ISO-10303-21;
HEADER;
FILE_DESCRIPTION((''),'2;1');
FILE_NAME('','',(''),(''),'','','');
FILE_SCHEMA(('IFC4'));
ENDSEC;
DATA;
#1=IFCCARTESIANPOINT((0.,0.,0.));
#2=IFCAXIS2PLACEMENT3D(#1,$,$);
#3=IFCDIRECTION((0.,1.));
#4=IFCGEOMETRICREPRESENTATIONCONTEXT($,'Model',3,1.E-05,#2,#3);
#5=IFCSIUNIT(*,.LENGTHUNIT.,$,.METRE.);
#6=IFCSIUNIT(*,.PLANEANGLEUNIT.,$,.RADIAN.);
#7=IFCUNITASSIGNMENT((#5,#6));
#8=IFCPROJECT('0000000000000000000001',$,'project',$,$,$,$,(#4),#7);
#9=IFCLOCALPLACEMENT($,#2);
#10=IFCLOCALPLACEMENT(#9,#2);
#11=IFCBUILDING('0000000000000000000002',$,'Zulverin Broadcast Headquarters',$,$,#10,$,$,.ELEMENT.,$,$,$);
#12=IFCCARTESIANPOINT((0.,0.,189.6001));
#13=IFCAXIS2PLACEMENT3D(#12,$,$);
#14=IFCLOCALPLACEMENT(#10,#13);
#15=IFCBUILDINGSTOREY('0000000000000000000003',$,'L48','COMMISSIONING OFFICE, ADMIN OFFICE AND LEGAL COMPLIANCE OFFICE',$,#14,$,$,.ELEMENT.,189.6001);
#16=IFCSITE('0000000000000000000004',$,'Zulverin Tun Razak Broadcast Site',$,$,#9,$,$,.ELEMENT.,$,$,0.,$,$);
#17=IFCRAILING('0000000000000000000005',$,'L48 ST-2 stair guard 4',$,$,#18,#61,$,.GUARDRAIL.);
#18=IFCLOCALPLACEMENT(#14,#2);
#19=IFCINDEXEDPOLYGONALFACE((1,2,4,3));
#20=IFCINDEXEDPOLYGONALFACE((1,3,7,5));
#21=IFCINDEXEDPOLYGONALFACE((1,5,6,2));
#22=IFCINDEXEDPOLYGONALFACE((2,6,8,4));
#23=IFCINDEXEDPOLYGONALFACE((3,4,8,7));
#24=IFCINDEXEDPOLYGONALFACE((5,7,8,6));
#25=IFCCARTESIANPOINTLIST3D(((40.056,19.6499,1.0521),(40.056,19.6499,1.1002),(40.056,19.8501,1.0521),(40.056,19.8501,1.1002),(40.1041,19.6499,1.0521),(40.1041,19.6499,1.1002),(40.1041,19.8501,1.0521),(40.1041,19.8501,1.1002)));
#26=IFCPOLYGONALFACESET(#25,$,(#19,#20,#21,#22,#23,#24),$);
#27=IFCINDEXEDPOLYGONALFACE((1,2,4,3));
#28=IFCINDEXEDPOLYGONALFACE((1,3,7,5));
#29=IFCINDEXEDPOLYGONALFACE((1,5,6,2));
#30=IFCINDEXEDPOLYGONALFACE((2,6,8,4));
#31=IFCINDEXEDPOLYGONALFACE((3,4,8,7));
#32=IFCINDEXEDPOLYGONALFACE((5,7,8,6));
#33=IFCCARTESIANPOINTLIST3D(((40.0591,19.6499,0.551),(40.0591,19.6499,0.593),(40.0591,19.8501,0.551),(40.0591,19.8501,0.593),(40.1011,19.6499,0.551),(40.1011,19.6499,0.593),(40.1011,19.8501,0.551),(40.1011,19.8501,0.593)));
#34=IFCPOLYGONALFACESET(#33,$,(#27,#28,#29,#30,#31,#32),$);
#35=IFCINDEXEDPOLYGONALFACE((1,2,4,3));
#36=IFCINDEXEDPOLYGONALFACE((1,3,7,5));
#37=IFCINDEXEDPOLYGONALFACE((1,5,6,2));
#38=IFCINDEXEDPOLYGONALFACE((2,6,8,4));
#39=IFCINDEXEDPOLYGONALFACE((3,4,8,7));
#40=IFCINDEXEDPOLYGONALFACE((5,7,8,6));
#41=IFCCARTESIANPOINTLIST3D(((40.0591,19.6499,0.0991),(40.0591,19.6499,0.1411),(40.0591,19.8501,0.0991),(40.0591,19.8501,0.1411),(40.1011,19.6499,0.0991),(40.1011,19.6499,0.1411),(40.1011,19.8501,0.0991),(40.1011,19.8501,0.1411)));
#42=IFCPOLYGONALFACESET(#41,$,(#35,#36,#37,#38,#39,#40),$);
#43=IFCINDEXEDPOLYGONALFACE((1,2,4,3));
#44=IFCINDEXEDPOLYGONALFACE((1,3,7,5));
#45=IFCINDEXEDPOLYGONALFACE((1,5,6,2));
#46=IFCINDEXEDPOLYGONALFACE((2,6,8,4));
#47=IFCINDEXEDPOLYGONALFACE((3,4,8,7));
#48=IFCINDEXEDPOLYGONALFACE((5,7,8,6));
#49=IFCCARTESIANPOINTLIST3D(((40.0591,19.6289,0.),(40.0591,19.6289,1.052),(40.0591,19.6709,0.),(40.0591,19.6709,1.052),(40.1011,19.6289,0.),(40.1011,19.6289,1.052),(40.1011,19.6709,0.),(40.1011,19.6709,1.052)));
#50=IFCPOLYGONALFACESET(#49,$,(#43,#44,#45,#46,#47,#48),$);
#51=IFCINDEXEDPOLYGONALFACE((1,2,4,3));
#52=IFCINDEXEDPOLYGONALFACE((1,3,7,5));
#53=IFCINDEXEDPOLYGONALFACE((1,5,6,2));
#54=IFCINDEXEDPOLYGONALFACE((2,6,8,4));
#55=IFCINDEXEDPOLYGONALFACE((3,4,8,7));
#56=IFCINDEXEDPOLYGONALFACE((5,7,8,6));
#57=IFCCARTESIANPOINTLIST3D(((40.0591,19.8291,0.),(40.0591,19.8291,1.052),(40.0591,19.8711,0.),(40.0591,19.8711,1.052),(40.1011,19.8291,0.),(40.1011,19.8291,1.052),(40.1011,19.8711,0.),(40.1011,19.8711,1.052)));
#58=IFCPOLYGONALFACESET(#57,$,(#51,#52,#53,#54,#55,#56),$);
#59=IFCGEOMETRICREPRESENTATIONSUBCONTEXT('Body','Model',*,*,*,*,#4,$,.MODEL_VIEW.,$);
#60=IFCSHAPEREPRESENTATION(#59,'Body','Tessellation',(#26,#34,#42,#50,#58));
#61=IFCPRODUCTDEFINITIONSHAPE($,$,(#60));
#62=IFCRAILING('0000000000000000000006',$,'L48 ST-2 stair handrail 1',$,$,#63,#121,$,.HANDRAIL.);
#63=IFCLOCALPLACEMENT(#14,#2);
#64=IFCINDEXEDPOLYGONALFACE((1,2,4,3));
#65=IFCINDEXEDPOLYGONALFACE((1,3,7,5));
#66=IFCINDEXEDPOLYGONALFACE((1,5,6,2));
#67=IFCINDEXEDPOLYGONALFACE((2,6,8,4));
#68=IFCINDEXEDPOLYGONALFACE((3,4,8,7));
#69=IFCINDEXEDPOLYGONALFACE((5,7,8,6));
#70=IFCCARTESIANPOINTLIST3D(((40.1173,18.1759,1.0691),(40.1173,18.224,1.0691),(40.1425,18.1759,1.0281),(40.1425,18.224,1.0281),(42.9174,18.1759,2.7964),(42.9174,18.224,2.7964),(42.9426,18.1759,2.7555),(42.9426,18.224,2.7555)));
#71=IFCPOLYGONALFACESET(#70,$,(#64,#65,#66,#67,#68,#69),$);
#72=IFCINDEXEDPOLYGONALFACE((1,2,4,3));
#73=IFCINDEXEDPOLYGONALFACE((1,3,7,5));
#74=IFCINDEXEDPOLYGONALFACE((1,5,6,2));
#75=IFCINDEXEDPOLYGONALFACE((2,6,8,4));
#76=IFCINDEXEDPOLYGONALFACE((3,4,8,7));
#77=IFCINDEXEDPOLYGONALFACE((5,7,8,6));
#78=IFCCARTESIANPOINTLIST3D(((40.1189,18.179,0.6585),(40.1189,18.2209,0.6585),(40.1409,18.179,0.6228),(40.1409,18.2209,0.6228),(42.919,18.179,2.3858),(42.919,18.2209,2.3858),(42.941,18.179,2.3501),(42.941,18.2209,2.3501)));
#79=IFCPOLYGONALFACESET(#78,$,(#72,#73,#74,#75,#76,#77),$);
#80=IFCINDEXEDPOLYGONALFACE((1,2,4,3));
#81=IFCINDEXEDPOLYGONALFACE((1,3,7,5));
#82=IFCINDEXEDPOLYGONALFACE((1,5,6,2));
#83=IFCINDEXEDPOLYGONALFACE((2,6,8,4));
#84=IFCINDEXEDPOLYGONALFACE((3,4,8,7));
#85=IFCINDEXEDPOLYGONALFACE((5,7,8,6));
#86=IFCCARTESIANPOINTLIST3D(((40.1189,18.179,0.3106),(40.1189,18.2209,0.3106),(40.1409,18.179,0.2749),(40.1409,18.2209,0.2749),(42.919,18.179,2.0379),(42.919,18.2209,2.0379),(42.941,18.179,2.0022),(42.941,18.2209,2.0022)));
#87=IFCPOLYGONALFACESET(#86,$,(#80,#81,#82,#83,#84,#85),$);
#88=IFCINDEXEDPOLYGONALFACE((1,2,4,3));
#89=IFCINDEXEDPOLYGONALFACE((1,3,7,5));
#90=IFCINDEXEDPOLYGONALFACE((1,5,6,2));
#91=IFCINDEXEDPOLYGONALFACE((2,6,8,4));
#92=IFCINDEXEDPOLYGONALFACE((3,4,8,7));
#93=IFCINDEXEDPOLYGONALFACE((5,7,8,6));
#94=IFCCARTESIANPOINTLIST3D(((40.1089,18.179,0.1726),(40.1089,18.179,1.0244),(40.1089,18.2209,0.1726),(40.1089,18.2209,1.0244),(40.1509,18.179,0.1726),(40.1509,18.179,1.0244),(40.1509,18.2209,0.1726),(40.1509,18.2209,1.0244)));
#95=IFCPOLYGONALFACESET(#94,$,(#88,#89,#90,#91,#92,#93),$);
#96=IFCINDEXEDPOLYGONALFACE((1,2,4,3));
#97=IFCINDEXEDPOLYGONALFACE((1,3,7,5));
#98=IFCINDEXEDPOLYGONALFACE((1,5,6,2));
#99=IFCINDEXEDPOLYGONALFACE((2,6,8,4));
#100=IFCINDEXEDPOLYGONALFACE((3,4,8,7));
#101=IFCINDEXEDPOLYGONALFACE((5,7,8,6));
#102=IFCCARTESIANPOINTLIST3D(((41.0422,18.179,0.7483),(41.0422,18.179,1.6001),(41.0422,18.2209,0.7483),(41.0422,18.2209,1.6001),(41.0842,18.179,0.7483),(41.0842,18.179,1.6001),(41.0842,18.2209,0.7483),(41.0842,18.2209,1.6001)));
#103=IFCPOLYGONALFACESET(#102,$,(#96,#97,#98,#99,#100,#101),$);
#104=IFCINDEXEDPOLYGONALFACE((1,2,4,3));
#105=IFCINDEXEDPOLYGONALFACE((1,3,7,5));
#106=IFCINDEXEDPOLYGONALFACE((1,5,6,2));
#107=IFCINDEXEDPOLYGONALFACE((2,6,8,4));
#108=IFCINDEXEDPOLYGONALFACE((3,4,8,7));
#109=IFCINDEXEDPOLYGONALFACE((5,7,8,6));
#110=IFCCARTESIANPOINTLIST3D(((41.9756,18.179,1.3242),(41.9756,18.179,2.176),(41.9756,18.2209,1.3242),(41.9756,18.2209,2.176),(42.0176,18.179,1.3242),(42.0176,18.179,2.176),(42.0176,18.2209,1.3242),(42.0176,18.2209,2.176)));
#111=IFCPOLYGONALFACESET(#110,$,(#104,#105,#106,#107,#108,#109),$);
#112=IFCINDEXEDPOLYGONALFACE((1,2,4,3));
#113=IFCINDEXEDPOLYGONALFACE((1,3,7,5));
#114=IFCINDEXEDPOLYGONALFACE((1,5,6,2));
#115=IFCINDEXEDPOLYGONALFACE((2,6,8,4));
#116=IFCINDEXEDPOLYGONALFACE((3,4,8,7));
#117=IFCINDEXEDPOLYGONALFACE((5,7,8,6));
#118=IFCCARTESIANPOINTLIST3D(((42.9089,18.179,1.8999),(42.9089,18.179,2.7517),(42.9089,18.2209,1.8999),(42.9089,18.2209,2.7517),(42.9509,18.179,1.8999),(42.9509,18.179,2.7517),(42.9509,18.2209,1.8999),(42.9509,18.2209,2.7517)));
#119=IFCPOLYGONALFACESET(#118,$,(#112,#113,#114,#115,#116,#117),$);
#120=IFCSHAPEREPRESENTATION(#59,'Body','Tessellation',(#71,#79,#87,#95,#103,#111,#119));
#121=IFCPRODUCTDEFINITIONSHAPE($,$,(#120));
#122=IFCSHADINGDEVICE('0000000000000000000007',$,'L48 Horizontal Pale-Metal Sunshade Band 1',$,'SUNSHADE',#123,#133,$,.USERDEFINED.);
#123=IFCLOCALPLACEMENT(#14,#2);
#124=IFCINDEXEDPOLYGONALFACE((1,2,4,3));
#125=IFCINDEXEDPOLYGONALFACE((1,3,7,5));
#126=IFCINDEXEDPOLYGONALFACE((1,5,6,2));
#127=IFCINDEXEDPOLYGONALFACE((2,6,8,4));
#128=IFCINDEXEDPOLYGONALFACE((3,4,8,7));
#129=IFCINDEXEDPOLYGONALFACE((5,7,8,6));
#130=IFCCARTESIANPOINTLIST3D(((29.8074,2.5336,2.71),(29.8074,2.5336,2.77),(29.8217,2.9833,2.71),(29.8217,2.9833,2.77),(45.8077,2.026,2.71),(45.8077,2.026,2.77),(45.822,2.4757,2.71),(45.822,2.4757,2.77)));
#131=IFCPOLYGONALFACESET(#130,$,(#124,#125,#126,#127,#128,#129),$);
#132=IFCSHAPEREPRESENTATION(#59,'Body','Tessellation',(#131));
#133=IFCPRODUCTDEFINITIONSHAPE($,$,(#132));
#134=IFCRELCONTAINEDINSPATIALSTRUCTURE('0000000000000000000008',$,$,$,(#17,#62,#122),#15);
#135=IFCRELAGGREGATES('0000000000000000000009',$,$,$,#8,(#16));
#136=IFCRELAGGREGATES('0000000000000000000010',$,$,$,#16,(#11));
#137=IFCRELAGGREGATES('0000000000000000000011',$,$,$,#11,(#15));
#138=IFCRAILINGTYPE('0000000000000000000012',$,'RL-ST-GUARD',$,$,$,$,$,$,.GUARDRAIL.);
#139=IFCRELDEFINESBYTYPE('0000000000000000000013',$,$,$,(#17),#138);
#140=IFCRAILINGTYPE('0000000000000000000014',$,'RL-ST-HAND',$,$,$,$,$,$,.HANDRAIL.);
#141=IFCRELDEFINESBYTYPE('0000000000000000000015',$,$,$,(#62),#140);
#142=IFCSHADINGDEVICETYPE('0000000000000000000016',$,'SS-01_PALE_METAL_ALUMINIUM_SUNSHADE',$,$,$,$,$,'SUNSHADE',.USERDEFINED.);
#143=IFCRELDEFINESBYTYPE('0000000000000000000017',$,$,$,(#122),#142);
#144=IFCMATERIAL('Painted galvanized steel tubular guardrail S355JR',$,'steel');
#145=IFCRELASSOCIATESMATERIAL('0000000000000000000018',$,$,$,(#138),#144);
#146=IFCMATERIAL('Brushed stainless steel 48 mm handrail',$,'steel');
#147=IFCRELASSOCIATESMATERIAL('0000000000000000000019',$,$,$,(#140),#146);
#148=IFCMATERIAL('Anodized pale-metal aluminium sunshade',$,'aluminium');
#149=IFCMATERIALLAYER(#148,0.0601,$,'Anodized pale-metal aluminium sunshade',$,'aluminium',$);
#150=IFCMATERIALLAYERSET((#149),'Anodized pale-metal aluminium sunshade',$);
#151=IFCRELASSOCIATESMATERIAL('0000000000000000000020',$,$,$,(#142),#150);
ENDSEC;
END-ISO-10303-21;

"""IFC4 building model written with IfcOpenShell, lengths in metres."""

from ifc_helpers import new_model, si_unit, direction, frame, origin, origin_2d, place, context, subcontext, project, spatial, rectangle, extrude, material, layer, layer_set, type_object, element, save


model = new_model("IFC4")

# Units and contexts
model_context = context("Model", 3, precision=1e-05, world=origin(), true_north=direction((0.0, 1.0)))
body_context = subcontext(model_context, "Body", "Model", "MODEL_VIEW")
ifc_project = project(units=[si_unit("LENGTHUNIT", "METRE"), si_unit("PLANEANGLEUNIT", "RADIAN")], contexts=[model_context])

# Site, building, storey
site_placement = place(None, origin())
site = spatial("IfcSite", under=ifc_project, at=site_placement, Name="Zulverin Tun Razak Broadcast Site", CompositionType="ELEMENT", RefElevation=0.0)
building_placement = place(site_placement, origin())
building = spatial("IfcBuilding", under=site, at=building_placement, Name="Zulverin Broadcast Headquarters", CompositionType="ELEMENT")
storey_placement = place(building_placement, frame((0.0, 0.0, 189.6001)))
storey = spatial("IfcBuildingStorey", under=building, at=storey_placement, Name="L48", Description="COMMISSIONING OFFICE, ADMIN OFFICE AND LEGAL COMPLIANCE OFFICE", CompositionType="ELEMENT", Elevation=189.6001)

# Railings
ifc_material_1 = material(Name="Painted galvanized steel tubular guardrail S355JR", Category="steel")
railing_type_1 = type_object("IfcRailingType", Name="RL-ST-GUARD", PredefinedType="GUARDRAIL", material=ifc_material_1)
for number, where, name in (
    (1, (40.0801, 19.6499, 0.0), "L48 ST-2 stair guard 4"),
):
    element("IfcRailing", number, at=place(storey_placement, frame(where)), inside=storey, type_object=railing_type_1, Name=name, PredefinedType="GUARDRAIL", context=body_context, shape_type="SweptSolid", body=[
        extrude(rectangle(XDim=0.0481, YDim=0.0481, at=origin_2d()), frame((0.0, 0.0, 1.0762), z_axis=(0.0, 1.0, 0.0), x_axis=(-1.0, 0.0, 0.0)), (0.0, 0.0, 1.0), 0.2002),
        extrude(rectangle(XDim=0.042, YDim=0.042, at=origin_2d()), frame((0.0, 0.0, 0.572), z_axis=(0.0, 1.0, 0.0), x_axis=(-1.0, 0.0, 0.0)), (0.0, 0.0, 1.0), 0.2002),
        extrude(rectangle(XDim=0.042, YDim=0.042, at=origin_2d()), frame((0.0, 0.0, 0.1201), z_axis=(0.0, 1.0, 0.0), x_axis=(-1.0, 0.0, 0.0)), (0.0, 0.0, 1.0), 0.2002),
        extrude(rectangle(XDim=0.042, YDim=0.042, at=origin_2d()), origin(), (0.0, 0.0, 1.0), 1.052),
        extrude(rectangle(XDim=0.042, YDim=0.042, at=origin_2d()), frame((0.0, 0.2002, 0.0)), (0.0, 0.0, 1.0), 1.052),
    ])
ifc_material_2 = material(Name="Brushed stainless steel 48 mm handrail", Category="steel")
railing_type_2 = type_object("IfcRailingType", Name="RL-ST-HAND", PredefinedType="HANDRAIL", material=ifc_material_2)
railing_1_placement = place(storey_placement, frame((40.1299, 18.2, 0.1726)))
element("IfcRailing", 2, at=railing_1_placement, inside=storey, type_object=railing_type_2, Name="L48 ST-2 stair handrail 1", PredefinedType="HANDRAIL", context=body_context, shape_type="SweptSolid", body=[
    extrude(rectangle(XDim=0.0481, YDim=0.0481, at=origin_2d()), frame((0.0, 0.0, 0.876), z_axis=(0.85109, 0.0, 0.52502), x_axis=(0.0, 1.0, 0.0)), (0.0, 0.0, 1.0), 3.29),
    extrude(rectangle(XDim=0.042, YDim=0.042, at=origin_2d()), frame((0.0, 0.0, 0.468), z_axis=(0.85109, 0.0, 0.52502), x_axis=(0.0, 1.0, 0.0)), (0.0, 0.0, 1.0), 3.29),
    extrude(rectangle(XDim=0.042, YDim=0.042, at=origin_2d()), frame((0.0, 0.0, 0.1201), z_axis=(0.85109, 0.0, 0.52502), x_axis=(0.0, 1.0, 0.0)), (0.0, 0.0, 1.0), 3.29),
    extrude(rectangle(XDim=0.042, YDim=0.042, at=origin_2d()), origin(), (0.0, 0.0, 1.0), 0.8518),
    extrude(rectangle(XDim=0.042, YDim=0.042, at=origin_2d()), frame((0.9333, 0.0, 0.5757)), (0.0, 0.0, 1.0), 0.8518),
    extrude(rectangle(XDim=0.042, YDim=0.042, at=origin_2d()), frame((1.8667, 0.0, 1.1516)), (0.0, 0.0, 1.0), 0.8518),
    extrude(rectangle(XDim=0.042, YDim=0.042, at=origin_2d()), frame((2.8, 0.0, 1.7273)), (0.0, 0.0, 1.0), 0.8518),
])

# Shading device
ifc_material_3 = material(Name="Anodized pale-metal aluminium sunshade", Category="aluminium")
ifc_layer_1 = layer(ifc_material_3, 0.0601, Name="Anodized pale-metal aluminium sunshade", Category="aluminium")
ifc_layer_set_1 = layer_set([ifc_layer_1], Name="Anodized pale-metal aluminium sunshade")
shading_device_type = type_object("IfcShadingDeviceType", Name="SS-01_PALE_METAL_ALUMINIUM_SUNSHADE", ElementType="SUNSHADE", PredefinedType="USERDEFINED", material=ifc_layer_set_1)
shading_device_placement = place(storey_placement, frame((37.8147, 2.5046, 2.71), z_axis=(0.0, 0.0, 1.0), x_axis=(0.999497, -0.031709, 0.0)))
element("IfcShadingDevice", 3, at=shading_device_placement, inside=storey, type_object=shading_device_type, Name="L48 Horizontal Pale-Metal Sunshade Band 1", ObjectType="SUNSHADE", PredefinedType="USERDEFINED", context=body_context, shape_type="SweptSolid", body=[
    extrude(rectangle(XDim=16.0083, YDim=0.45, at=origin_2d()), origin(), (0.0, 0.0, 1.0), 0.0601),
])

save(model, "model.ifc")
